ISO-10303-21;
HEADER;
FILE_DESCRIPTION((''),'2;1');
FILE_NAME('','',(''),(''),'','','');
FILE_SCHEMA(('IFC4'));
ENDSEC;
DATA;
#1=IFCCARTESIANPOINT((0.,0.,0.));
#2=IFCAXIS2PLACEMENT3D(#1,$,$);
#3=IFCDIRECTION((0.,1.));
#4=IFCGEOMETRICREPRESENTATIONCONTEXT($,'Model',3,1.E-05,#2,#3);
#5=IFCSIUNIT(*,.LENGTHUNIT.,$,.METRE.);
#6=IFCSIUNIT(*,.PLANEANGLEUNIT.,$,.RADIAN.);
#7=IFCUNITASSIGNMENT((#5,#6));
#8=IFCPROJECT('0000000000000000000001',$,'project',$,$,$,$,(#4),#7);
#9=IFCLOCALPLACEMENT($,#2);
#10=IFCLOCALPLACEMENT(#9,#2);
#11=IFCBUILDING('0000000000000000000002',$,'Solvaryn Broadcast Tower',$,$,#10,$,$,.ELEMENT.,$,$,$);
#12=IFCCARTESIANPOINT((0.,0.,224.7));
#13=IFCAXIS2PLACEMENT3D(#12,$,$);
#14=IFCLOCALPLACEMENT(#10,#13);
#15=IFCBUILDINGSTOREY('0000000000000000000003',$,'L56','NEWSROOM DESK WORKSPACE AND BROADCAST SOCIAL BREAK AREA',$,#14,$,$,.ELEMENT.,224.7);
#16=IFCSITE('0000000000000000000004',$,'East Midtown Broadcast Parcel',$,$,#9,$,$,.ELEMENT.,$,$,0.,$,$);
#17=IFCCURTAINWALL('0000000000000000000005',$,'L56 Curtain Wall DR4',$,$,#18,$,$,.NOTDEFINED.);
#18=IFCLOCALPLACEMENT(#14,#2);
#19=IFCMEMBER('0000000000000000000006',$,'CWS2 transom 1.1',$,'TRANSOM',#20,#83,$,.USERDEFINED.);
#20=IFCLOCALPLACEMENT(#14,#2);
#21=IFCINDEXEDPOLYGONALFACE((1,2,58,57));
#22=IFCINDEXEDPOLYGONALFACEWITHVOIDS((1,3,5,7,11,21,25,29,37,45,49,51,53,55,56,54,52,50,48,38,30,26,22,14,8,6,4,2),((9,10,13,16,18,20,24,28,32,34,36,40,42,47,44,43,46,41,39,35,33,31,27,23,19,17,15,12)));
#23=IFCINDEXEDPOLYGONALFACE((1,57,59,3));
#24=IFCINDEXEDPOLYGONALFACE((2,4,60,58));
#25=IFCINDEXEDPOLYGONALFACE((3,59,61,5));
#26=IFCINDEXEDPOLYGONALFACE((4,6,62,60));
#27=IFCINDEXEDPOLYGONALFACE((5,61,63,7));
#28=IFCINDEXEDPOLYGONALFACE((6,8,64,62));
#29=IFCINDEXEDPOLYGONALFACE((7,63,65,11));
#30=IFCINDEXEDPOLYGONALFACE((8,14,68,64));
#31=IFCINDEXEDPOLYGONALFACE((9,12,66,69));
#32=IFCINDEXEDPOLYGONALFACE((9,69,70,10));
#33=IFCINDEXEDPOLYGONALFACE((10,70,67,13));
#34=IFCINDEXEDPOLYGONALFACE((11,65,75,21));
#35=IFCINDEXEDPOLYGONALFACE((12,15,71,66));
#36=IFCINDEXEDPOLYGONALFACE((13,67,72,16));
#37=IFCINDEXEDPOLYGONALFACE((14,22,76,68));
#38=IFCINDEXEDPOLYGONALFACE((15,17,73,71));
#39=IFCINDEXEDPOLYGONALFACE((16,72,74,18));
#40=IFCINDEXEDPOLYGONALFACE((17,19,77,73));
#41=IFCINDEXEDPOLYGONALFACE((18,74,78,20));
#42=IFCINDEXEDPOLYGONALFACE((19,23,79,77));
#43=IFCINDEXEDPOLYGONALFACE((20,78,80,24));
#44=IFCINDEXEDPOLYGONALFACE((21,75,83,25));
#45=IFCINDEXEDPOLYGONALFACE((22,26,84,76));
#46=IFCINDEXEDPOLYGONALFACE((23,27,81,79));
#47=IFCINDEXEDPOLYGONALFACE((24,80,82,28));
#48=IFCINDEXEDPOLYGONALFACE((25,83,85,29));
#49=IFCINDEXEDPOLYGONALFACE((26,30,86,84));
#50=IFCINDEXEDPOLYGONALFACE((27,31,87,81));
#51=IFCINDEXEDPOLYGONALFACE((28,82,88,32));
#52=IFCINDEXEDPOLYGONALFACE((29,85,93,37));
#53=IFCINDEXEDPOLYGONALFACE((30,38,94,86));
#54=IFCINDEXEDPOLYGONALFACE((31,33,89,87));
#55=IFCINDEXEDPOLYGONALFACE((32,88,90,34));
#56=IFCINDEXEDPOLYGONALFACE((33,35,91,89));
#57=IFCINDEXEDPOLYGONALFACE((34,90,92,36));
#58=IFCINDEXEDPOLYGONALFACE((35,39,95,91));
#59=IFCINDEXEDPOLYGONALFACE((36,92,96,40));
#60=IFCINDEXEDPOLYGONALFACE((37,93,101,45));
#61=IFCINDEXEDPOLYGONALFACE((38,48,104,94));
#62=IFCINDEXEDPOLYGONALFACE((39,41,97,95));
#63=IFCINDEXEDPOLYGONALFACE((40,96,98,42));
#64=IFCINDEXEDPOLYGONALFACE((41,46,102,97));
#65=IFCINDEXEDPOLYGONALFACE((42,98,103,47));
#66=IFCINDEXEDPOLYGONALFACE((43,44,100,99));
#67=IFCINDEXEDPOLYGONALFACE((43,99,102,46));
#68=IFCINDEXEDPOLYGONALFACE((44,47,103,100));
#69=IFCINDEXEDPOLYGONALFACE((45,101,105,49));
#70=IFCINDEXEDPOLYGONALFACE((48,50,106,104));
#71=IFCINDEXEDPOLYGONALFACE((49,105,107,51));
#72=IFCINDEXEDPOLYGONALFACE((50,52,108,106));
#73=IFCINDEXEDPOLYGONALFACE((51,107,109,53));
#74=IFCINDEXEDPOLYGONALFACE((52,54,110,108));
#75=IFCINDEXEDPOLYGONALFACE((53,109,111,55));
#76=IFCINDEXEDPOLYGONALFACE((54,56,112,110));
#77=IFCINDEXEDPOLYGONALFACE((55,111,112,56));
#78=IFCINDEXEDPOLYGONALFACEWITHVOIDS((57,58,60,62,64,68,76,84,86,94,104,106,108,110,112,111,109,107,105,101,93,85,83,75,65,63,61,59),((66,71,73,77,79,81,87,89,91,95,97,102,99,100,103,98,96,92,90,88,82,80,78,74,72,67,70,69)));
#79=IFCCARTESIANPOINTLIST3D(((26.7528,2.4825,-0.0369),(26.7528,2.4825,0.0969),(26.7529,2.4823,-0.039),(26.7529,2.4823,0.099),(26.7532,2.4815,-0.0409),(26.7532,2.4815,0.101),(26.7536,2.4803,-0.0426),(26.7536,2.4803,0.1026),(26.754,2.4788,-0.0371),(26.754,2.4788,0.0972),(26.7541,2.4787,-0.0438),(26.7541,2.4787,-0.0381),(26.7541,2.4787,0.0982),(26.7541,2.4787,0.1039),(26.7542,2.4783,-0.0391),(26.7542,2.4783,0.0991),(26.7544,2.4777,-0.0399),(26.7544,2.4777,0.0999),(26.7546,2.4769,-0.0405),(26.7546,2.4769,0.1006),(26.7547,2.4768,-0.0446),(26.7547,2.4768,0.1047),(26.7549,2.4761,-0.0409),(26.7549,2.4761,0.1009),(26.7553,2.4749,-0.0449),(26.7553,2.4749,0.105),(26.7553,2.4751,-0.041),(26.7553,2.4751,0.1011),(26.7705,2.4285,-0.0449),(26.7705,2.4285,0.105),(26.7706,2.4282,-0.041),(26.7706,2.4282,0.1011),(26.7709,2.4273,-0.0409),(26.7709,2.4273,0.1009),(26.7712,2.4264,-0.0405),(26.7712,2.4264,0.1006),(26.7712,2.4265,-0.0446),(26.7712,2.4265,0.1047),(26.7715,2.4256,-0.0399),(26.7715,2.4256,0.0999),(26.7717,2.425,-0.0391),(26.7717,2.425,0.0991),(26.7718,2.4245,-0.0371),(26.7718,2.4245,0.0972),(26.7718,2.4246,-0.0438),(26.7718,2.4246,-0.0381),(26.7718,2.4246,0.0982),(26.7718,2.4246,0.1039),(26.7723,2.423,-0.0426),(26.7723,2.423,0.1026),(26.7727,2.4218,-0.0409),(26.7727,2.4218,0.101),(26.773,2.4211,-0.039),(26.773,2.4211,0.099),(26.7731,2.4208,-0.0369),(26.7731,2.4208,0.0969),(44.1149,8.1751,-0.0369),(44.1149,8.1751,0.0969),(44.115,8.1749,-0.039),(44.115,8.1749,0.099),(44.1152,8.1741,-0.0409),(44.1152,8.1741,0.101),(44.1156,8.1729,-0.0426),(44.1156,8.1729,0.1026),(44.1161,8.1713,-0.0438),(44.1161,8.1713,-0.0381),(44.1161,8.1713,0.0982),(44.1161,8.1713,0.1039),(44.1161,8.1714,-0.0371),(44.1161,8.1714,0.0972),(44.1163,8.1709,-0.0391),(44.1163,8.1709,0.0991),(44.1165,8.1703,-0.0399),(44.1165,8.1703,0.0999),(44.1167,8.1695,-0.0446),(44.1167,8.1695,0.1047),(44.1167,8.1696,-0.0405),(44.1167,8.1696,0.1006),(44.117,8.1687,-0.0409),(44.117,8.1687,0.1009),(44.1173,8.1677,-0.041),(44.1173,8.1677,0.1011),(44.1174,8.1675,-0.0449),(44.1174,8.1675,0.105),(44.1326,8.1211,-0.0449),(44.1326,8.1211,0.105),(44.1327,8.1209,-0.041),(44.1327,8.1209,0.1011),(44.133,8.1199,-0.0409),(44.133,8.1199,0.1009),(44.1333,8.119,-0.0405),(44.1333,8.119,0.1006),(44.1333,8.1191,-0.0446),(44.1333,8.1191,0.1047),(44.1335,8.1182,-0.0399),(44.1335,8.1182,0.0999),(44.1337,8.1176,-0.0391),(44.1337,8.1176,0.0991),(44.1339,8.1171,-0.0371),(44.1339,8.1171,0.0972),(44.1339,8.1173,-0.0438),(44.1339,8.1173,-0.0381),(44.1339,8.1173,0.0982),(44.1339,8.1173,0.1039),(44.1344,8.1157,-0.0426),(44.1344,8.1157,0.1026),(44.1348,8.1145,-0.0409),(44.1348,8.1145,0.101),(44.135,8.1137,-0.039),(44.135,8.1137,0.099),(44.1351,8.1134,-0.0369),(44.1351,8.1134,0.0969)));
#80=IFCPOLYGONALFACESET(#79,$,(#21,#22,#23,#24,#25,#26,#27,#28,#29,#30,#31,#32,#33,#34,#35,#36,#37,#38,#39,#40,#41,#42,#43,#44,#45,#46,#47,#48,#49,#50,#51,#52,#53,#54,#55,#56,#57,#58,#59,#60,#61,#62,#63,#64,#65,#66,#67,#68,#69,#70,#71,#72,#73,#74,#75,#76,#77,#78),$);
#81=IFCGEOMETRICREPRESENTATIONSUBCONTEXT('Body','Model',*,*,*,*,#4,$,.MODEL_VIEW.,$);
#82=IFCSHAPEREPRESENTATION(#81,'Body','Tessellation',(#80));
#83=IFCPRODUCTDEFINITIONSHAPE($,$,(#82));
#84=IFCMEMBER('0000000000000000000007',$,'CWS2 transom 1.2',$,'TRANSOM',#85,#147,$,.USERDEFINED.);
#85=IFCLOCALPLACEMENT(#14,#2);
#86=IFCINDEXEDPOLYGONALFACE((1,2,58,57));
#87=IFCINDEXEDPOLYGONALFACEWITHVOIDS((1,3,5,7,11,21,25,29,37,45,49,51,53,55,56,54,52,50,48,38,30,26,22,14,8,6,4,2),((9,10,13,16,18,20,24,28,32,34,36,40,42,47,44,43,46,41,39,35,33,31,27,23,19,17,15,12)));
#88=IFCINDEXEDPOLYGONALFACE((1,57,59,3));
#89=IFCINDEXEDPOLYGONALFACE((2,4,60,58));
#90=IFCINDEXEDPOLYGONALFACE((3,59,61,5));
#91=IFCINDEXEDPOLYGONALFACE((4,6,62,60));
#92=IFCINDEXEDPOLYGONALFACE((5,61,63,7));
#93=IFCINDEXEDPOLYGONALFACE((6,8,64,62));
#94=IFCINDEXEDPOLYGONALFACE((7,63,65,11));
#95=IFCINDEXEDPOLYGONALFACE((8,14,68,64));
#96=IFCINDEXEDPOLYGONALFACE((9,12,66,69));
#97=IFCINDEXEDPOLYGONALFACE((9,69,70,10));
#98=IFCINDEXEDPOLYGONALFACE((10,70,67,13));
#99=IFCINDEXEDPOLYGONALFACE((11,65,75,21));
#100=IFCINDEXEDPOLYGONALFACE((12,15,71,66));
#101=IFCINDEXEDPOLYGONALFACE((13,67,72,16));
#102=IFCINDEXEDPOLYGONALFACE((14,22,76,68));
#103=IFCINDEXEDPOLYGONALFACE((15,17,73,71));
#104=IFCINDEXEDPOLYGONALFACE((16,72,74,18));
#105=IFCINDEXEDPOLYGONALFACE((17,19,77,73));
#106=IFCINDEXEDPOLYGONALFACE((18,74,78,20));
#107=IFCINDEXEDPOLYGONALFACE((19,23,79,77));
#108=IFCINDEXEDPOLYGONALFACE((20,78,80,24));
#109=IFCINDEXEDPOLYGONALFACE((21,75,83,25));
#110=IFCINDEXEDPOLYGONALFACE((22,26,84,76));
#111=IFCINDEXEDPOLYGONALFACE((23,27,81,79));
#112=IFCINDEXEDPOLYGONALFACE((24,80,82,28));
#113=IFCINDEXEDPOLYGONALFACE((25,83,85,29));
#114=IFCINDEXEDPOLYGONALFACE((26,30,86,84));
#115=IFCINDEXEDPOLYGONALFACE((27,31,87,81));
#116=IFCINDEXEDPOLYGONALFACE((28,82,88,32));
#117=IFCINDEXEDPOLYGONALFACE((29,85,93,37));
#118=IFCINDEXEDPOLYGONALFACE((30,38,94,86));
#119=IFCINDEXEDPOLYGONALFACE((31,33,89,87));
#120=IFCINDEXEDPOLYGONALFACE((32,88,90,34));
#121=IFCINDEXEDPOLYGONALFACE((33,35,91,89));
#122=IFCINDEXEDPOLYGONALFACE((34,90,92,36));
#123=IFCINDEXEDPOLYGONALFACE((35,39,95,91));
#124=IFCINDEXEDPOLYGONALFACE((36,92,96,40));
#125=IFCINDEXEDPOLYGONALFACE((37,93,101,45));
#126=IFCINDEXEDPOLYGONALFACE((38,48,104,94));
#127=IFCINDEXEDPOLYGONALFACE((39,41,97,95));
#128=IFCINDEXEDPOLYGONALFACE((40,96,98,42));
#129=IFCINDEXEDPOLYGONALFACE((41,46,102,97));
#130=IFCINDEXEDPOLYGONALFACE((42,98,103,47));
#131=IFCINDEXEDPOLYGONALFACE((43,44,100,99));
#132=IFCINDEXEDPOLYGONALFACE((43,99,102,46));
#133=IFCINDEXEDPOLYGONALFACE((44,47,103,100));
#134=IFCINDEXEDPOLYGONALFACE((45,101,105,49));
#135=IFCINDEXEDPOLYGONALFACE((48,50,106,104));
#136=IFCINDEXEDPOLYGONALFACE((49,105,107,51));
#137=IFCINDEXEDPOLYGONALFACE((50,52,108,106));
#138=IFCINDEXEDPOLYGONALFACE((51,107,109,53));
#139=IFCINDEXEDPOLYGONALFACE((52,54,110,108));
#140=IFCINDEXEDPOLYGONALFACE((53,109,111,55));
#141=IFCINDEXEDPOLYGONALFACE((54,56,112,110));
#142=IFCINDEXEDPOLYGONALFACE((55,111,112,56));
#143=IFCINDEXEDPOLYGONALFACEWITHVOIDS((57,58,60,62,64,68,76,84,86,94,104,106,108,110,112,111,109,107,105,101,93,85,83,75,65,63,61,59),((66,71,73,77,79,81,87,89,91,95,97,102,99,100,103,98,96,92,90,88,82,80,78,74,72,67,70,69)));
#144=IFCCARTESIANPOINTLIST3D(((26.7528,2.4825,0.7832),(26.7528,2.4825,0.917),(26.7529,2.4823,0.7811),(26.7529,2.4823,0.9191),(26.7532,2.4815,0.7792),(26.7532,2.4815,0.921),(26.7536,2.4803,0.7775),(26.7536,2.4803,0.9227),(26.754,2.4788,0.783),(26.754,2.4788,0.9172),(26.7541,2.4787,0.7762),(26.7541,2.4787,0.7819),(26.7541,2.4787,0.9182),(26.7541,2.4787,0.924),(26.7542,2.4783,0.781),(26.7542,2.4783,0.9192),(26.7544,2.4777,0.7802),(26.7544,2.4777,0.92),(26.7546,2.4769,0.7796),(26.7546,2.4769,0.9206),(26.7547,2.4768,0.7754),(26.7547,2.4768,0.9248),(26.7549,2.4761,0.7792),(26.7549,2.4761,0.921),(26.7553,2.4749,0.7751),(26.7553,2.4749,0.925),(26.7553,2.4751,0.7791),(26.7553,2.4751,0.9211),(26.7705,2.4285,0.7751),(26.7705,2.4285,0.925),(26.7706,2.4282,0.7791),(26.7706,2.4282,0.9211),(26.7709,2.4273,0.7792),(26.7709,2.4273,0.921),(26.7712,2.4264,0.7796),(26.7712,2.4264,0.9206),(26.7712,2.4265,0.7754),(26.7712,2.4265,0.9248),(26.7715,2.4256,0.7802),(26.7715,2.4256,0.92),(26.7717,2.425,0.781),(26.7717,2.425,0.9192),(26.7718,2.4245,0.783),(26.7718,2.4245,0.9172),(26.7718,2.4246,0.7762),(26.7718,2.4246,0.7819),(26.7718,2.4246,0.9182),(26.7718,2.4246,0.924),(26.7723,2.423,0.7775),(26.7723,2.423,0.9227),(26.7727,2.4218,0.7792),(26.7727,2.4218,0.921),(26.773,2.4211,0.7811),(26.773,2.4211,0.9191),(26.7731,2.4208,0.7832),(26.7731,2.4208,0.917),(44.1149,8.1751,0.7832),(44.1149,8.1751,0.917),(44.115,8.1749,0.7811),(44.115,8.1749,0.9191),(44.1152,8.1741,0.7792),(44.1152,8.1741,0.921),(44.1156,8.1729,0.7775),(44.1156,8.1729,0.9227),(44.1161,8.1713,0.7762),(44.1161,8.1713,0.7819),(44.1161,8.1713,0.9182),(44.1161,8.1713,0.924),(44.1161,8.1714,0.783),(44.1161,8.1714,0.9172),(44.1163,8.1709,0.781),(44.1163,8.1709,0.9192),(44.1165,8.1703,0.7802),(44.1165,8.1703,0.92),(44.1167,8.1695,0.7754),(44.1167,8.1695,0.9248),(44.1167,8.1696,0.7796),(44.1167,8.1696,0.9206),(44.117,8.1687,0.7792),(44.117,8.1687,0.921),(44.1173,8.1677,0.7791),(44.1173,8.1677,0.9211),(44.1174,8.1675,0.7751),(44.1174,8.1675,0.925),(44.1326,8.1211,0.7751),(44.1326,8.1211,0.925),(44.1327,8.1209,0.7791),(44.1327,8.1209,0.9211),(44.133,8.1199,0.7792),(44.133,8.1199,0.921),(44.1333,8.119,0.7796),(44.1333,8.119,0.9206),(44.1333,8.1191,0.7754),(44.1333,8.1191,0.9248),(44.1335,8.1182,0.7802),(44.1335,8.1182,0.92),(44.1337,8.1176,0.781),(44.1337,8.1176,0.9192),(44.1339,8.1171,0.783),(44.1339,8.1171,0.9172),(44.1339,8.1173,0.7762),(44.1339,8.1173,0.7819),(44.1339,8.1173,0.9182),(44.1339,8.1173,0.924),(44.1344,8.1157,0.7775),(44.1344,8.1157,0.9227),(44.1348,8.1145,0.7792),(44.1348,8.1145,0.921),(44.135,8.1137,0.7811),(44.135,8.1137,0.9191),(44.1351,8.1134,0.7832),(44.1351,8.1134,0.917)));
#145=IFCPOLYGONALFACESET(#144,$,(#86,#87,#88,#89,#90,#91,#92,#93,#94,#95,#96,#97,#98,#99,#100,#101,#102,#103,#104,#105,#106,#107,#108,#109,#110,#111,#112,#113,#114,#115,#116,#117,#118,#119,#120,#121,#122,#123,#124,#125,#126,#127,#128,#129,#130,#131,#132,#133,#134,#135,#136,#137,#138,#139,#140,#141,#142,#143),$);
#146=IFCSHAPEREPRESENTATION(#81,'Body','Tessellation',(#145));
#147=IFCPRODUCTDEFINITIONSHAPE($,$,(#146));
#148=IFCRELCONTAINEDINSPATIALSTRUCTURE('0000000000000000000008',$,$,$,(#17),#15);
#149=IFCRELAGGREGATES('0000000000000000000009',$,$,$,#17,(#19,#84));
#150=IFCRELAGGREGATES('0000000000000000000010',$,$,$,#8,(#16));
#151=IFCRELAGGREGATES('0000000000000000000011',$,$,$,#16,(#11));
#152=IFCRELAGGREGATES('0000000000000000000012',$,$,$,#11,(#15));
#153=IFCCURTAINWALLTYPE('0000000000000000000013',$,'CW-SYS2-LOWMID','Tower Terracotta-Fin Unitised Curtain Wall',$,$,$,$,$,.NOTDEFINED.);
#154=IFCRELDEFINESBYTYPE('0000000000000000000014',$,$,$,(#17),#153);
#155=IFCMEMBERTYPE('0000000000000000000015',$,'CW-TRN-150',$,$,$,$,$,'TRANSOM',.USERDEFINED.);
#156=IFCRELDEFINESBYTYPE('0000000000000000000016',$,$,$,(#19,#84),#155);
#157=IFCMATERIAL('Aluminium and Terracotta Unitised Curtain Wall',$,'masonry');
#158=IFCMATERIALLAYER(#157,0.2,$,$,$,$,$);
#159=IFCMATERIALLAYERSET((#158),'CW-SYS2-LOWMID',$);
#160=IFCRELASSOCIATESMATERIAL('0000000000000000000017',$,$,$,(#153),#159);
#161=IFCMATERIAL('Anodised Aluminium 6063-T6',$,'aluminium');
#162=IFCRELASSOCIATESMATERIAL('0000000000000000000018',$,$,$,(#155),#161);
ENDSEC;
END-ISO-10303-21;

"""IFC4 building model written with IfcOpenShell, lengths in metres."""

from ifc_helpers import new_model, si_unit, direction, frame, origin, origin_2d, place, context, subcontext, project, spatial, hollow_rectangle, extrude, material, layer, layer_set, material_profile, profile_set, type_object, element, aggregate, save


model = new_model("IFC4")

# Units and contexts
model_context = context("Model", 3, precision=1e-05, world=origin(), true_north=direction((0.0, 1.0)))
body_context = subcontext(model_context, "Body", "Model", "MODEL_VIEW")
ifc_project = project(units=[si_unit("LENGTHUNIT", "METRE"), si_unit("PLANEANGLEUNIT", "RADIAN")], contexts=[model_context])

# Site, building, storey
site_placement = place(None, origin())
site = spatial("IfcSite", under=ifc_project, at=site_placement, Name="East Midtown Broadcast Parcel", CompositionType="ELEMENT", RefElevation=0.0)
building_placement = place(site_placement, origin())
building = spatial("IfcBuilding", under=site, at=building_placement, Name="Solvaryn Broadcast Tower", CompositionType="ELEMENT")
storey_placement = place(building_placement, frame((0.0, 0.0, 224.7)))
storey = spatial("IfcBuildingStorey", under=building, at=storey_placement, Name="L56", Description="NEWSROOM DESK WORKSPACE AND BROADCAST SOCIAL BREAK AREA", CompositionType="ELEMENT", Elevation=224.7)

# Shared definitions
ifc_material_1 = material(Name="Aluminium and Terracotta Unitised Curtain Wall", Category="masonry")
ifc_layer_1 = layer(ifc_material_1, 0.2)
ifc_layer_set_1 = layer_set([ifc_layer_1], Name="CW-SYS2-LOWMID")
curtain_wall_type = type_object("IfcCurtainWallType", Name="CW-SYS2-LOWMID", Description="Tower Terracotta-Fin Unitised Curtain Wall", PredefinedType="NOTDEFINED", material=ifc_layer_set_1)

# Curtain wall, members
curtain_wall_1_placement = place(storey_placement, origin())
curtain_wall_1 = element("IfcCurtainWall", 1, at=curtain_wall_1_placement, inside=storey, type_object=curtain_wall_type, Name="L56 Curtain Wall DR4", PredefinedType="NOTDEFINED")
ifc_material_2 = material(Name="Anodised Aluminium 6063-T6", Category="aluminium")
ifc_material_profile_1 = material_profile(ifc_material_2, hollow_rectangle(XDim=0.0649, YDim=0.1499, WallThickness=0.0039, InnerFilletRadius=0.0039, OuterFilletRadius=0.0081, at=origin_2d()))
ifc_profile_set_1 = profile_set([ifc_material_profile_1], Name="Anodised Aluminium 6063-T6")
member_type_1 = type_object("IfcMemberType", Name="CW-TRN-150", ElementType="TRANSOM", PredefinedType="USERDEFINED", material=ifc_profile_set_1)
member_1_placement = place(storey_placement, frame((26.7629, 2.4517, 0.03), z_axis=(0.950227, 0.311558, 0.0), x_axis=(-0.311558, 0.950227, 0.0)))
member_1 = element("IfcMember", 2, at=member_1_placement, type_object=member_type_1, Name="CWS2 transom 1.1", ObjectType="TRANSOM", PredefinedType="USERDEFINED", context=body_context, shape_type="SweptSolid", body=[
    extrude(hollow_rectangle(XDim=0.0649, YDim=0.1499, WallThickness=0.0039, InnerFilletRadius=0.0039, OuterFilletRadius=0.0081, at=origin_2d()), origin(), (0.0, 0.0, 1.0), 18.2715),
])
member_2_placement = place(storey_placement, frame((26.7629, 2.4517, 0.8501), z_axis=(0.950227, 0.311558, 0.0), x_axis=(-0.311558, 0.950227, 0.0)))
member_2 = element("IfcMember", 3, at=member_2_placement, type_object=member_type_1, Name="CWS2 transom 1.2", ObjectType="TRANSOM", PredefinedType="USERDEFINED", context=body_context, shape_type="SweptSolid", body=[
    extrude(hollow_rectangle(XDim=0.0649, YDim=0.1499, WallThickness=0.0039, InnerFilletRadius=0.0039, OuterFilletRadius=0.0081, at=origin_2d()), origin(), (0.0, 0.0, 1.0), 18.2715),
])
aggregate(curtain_wall_1, [member_1, member_2])

save(model, "model.ifc")
